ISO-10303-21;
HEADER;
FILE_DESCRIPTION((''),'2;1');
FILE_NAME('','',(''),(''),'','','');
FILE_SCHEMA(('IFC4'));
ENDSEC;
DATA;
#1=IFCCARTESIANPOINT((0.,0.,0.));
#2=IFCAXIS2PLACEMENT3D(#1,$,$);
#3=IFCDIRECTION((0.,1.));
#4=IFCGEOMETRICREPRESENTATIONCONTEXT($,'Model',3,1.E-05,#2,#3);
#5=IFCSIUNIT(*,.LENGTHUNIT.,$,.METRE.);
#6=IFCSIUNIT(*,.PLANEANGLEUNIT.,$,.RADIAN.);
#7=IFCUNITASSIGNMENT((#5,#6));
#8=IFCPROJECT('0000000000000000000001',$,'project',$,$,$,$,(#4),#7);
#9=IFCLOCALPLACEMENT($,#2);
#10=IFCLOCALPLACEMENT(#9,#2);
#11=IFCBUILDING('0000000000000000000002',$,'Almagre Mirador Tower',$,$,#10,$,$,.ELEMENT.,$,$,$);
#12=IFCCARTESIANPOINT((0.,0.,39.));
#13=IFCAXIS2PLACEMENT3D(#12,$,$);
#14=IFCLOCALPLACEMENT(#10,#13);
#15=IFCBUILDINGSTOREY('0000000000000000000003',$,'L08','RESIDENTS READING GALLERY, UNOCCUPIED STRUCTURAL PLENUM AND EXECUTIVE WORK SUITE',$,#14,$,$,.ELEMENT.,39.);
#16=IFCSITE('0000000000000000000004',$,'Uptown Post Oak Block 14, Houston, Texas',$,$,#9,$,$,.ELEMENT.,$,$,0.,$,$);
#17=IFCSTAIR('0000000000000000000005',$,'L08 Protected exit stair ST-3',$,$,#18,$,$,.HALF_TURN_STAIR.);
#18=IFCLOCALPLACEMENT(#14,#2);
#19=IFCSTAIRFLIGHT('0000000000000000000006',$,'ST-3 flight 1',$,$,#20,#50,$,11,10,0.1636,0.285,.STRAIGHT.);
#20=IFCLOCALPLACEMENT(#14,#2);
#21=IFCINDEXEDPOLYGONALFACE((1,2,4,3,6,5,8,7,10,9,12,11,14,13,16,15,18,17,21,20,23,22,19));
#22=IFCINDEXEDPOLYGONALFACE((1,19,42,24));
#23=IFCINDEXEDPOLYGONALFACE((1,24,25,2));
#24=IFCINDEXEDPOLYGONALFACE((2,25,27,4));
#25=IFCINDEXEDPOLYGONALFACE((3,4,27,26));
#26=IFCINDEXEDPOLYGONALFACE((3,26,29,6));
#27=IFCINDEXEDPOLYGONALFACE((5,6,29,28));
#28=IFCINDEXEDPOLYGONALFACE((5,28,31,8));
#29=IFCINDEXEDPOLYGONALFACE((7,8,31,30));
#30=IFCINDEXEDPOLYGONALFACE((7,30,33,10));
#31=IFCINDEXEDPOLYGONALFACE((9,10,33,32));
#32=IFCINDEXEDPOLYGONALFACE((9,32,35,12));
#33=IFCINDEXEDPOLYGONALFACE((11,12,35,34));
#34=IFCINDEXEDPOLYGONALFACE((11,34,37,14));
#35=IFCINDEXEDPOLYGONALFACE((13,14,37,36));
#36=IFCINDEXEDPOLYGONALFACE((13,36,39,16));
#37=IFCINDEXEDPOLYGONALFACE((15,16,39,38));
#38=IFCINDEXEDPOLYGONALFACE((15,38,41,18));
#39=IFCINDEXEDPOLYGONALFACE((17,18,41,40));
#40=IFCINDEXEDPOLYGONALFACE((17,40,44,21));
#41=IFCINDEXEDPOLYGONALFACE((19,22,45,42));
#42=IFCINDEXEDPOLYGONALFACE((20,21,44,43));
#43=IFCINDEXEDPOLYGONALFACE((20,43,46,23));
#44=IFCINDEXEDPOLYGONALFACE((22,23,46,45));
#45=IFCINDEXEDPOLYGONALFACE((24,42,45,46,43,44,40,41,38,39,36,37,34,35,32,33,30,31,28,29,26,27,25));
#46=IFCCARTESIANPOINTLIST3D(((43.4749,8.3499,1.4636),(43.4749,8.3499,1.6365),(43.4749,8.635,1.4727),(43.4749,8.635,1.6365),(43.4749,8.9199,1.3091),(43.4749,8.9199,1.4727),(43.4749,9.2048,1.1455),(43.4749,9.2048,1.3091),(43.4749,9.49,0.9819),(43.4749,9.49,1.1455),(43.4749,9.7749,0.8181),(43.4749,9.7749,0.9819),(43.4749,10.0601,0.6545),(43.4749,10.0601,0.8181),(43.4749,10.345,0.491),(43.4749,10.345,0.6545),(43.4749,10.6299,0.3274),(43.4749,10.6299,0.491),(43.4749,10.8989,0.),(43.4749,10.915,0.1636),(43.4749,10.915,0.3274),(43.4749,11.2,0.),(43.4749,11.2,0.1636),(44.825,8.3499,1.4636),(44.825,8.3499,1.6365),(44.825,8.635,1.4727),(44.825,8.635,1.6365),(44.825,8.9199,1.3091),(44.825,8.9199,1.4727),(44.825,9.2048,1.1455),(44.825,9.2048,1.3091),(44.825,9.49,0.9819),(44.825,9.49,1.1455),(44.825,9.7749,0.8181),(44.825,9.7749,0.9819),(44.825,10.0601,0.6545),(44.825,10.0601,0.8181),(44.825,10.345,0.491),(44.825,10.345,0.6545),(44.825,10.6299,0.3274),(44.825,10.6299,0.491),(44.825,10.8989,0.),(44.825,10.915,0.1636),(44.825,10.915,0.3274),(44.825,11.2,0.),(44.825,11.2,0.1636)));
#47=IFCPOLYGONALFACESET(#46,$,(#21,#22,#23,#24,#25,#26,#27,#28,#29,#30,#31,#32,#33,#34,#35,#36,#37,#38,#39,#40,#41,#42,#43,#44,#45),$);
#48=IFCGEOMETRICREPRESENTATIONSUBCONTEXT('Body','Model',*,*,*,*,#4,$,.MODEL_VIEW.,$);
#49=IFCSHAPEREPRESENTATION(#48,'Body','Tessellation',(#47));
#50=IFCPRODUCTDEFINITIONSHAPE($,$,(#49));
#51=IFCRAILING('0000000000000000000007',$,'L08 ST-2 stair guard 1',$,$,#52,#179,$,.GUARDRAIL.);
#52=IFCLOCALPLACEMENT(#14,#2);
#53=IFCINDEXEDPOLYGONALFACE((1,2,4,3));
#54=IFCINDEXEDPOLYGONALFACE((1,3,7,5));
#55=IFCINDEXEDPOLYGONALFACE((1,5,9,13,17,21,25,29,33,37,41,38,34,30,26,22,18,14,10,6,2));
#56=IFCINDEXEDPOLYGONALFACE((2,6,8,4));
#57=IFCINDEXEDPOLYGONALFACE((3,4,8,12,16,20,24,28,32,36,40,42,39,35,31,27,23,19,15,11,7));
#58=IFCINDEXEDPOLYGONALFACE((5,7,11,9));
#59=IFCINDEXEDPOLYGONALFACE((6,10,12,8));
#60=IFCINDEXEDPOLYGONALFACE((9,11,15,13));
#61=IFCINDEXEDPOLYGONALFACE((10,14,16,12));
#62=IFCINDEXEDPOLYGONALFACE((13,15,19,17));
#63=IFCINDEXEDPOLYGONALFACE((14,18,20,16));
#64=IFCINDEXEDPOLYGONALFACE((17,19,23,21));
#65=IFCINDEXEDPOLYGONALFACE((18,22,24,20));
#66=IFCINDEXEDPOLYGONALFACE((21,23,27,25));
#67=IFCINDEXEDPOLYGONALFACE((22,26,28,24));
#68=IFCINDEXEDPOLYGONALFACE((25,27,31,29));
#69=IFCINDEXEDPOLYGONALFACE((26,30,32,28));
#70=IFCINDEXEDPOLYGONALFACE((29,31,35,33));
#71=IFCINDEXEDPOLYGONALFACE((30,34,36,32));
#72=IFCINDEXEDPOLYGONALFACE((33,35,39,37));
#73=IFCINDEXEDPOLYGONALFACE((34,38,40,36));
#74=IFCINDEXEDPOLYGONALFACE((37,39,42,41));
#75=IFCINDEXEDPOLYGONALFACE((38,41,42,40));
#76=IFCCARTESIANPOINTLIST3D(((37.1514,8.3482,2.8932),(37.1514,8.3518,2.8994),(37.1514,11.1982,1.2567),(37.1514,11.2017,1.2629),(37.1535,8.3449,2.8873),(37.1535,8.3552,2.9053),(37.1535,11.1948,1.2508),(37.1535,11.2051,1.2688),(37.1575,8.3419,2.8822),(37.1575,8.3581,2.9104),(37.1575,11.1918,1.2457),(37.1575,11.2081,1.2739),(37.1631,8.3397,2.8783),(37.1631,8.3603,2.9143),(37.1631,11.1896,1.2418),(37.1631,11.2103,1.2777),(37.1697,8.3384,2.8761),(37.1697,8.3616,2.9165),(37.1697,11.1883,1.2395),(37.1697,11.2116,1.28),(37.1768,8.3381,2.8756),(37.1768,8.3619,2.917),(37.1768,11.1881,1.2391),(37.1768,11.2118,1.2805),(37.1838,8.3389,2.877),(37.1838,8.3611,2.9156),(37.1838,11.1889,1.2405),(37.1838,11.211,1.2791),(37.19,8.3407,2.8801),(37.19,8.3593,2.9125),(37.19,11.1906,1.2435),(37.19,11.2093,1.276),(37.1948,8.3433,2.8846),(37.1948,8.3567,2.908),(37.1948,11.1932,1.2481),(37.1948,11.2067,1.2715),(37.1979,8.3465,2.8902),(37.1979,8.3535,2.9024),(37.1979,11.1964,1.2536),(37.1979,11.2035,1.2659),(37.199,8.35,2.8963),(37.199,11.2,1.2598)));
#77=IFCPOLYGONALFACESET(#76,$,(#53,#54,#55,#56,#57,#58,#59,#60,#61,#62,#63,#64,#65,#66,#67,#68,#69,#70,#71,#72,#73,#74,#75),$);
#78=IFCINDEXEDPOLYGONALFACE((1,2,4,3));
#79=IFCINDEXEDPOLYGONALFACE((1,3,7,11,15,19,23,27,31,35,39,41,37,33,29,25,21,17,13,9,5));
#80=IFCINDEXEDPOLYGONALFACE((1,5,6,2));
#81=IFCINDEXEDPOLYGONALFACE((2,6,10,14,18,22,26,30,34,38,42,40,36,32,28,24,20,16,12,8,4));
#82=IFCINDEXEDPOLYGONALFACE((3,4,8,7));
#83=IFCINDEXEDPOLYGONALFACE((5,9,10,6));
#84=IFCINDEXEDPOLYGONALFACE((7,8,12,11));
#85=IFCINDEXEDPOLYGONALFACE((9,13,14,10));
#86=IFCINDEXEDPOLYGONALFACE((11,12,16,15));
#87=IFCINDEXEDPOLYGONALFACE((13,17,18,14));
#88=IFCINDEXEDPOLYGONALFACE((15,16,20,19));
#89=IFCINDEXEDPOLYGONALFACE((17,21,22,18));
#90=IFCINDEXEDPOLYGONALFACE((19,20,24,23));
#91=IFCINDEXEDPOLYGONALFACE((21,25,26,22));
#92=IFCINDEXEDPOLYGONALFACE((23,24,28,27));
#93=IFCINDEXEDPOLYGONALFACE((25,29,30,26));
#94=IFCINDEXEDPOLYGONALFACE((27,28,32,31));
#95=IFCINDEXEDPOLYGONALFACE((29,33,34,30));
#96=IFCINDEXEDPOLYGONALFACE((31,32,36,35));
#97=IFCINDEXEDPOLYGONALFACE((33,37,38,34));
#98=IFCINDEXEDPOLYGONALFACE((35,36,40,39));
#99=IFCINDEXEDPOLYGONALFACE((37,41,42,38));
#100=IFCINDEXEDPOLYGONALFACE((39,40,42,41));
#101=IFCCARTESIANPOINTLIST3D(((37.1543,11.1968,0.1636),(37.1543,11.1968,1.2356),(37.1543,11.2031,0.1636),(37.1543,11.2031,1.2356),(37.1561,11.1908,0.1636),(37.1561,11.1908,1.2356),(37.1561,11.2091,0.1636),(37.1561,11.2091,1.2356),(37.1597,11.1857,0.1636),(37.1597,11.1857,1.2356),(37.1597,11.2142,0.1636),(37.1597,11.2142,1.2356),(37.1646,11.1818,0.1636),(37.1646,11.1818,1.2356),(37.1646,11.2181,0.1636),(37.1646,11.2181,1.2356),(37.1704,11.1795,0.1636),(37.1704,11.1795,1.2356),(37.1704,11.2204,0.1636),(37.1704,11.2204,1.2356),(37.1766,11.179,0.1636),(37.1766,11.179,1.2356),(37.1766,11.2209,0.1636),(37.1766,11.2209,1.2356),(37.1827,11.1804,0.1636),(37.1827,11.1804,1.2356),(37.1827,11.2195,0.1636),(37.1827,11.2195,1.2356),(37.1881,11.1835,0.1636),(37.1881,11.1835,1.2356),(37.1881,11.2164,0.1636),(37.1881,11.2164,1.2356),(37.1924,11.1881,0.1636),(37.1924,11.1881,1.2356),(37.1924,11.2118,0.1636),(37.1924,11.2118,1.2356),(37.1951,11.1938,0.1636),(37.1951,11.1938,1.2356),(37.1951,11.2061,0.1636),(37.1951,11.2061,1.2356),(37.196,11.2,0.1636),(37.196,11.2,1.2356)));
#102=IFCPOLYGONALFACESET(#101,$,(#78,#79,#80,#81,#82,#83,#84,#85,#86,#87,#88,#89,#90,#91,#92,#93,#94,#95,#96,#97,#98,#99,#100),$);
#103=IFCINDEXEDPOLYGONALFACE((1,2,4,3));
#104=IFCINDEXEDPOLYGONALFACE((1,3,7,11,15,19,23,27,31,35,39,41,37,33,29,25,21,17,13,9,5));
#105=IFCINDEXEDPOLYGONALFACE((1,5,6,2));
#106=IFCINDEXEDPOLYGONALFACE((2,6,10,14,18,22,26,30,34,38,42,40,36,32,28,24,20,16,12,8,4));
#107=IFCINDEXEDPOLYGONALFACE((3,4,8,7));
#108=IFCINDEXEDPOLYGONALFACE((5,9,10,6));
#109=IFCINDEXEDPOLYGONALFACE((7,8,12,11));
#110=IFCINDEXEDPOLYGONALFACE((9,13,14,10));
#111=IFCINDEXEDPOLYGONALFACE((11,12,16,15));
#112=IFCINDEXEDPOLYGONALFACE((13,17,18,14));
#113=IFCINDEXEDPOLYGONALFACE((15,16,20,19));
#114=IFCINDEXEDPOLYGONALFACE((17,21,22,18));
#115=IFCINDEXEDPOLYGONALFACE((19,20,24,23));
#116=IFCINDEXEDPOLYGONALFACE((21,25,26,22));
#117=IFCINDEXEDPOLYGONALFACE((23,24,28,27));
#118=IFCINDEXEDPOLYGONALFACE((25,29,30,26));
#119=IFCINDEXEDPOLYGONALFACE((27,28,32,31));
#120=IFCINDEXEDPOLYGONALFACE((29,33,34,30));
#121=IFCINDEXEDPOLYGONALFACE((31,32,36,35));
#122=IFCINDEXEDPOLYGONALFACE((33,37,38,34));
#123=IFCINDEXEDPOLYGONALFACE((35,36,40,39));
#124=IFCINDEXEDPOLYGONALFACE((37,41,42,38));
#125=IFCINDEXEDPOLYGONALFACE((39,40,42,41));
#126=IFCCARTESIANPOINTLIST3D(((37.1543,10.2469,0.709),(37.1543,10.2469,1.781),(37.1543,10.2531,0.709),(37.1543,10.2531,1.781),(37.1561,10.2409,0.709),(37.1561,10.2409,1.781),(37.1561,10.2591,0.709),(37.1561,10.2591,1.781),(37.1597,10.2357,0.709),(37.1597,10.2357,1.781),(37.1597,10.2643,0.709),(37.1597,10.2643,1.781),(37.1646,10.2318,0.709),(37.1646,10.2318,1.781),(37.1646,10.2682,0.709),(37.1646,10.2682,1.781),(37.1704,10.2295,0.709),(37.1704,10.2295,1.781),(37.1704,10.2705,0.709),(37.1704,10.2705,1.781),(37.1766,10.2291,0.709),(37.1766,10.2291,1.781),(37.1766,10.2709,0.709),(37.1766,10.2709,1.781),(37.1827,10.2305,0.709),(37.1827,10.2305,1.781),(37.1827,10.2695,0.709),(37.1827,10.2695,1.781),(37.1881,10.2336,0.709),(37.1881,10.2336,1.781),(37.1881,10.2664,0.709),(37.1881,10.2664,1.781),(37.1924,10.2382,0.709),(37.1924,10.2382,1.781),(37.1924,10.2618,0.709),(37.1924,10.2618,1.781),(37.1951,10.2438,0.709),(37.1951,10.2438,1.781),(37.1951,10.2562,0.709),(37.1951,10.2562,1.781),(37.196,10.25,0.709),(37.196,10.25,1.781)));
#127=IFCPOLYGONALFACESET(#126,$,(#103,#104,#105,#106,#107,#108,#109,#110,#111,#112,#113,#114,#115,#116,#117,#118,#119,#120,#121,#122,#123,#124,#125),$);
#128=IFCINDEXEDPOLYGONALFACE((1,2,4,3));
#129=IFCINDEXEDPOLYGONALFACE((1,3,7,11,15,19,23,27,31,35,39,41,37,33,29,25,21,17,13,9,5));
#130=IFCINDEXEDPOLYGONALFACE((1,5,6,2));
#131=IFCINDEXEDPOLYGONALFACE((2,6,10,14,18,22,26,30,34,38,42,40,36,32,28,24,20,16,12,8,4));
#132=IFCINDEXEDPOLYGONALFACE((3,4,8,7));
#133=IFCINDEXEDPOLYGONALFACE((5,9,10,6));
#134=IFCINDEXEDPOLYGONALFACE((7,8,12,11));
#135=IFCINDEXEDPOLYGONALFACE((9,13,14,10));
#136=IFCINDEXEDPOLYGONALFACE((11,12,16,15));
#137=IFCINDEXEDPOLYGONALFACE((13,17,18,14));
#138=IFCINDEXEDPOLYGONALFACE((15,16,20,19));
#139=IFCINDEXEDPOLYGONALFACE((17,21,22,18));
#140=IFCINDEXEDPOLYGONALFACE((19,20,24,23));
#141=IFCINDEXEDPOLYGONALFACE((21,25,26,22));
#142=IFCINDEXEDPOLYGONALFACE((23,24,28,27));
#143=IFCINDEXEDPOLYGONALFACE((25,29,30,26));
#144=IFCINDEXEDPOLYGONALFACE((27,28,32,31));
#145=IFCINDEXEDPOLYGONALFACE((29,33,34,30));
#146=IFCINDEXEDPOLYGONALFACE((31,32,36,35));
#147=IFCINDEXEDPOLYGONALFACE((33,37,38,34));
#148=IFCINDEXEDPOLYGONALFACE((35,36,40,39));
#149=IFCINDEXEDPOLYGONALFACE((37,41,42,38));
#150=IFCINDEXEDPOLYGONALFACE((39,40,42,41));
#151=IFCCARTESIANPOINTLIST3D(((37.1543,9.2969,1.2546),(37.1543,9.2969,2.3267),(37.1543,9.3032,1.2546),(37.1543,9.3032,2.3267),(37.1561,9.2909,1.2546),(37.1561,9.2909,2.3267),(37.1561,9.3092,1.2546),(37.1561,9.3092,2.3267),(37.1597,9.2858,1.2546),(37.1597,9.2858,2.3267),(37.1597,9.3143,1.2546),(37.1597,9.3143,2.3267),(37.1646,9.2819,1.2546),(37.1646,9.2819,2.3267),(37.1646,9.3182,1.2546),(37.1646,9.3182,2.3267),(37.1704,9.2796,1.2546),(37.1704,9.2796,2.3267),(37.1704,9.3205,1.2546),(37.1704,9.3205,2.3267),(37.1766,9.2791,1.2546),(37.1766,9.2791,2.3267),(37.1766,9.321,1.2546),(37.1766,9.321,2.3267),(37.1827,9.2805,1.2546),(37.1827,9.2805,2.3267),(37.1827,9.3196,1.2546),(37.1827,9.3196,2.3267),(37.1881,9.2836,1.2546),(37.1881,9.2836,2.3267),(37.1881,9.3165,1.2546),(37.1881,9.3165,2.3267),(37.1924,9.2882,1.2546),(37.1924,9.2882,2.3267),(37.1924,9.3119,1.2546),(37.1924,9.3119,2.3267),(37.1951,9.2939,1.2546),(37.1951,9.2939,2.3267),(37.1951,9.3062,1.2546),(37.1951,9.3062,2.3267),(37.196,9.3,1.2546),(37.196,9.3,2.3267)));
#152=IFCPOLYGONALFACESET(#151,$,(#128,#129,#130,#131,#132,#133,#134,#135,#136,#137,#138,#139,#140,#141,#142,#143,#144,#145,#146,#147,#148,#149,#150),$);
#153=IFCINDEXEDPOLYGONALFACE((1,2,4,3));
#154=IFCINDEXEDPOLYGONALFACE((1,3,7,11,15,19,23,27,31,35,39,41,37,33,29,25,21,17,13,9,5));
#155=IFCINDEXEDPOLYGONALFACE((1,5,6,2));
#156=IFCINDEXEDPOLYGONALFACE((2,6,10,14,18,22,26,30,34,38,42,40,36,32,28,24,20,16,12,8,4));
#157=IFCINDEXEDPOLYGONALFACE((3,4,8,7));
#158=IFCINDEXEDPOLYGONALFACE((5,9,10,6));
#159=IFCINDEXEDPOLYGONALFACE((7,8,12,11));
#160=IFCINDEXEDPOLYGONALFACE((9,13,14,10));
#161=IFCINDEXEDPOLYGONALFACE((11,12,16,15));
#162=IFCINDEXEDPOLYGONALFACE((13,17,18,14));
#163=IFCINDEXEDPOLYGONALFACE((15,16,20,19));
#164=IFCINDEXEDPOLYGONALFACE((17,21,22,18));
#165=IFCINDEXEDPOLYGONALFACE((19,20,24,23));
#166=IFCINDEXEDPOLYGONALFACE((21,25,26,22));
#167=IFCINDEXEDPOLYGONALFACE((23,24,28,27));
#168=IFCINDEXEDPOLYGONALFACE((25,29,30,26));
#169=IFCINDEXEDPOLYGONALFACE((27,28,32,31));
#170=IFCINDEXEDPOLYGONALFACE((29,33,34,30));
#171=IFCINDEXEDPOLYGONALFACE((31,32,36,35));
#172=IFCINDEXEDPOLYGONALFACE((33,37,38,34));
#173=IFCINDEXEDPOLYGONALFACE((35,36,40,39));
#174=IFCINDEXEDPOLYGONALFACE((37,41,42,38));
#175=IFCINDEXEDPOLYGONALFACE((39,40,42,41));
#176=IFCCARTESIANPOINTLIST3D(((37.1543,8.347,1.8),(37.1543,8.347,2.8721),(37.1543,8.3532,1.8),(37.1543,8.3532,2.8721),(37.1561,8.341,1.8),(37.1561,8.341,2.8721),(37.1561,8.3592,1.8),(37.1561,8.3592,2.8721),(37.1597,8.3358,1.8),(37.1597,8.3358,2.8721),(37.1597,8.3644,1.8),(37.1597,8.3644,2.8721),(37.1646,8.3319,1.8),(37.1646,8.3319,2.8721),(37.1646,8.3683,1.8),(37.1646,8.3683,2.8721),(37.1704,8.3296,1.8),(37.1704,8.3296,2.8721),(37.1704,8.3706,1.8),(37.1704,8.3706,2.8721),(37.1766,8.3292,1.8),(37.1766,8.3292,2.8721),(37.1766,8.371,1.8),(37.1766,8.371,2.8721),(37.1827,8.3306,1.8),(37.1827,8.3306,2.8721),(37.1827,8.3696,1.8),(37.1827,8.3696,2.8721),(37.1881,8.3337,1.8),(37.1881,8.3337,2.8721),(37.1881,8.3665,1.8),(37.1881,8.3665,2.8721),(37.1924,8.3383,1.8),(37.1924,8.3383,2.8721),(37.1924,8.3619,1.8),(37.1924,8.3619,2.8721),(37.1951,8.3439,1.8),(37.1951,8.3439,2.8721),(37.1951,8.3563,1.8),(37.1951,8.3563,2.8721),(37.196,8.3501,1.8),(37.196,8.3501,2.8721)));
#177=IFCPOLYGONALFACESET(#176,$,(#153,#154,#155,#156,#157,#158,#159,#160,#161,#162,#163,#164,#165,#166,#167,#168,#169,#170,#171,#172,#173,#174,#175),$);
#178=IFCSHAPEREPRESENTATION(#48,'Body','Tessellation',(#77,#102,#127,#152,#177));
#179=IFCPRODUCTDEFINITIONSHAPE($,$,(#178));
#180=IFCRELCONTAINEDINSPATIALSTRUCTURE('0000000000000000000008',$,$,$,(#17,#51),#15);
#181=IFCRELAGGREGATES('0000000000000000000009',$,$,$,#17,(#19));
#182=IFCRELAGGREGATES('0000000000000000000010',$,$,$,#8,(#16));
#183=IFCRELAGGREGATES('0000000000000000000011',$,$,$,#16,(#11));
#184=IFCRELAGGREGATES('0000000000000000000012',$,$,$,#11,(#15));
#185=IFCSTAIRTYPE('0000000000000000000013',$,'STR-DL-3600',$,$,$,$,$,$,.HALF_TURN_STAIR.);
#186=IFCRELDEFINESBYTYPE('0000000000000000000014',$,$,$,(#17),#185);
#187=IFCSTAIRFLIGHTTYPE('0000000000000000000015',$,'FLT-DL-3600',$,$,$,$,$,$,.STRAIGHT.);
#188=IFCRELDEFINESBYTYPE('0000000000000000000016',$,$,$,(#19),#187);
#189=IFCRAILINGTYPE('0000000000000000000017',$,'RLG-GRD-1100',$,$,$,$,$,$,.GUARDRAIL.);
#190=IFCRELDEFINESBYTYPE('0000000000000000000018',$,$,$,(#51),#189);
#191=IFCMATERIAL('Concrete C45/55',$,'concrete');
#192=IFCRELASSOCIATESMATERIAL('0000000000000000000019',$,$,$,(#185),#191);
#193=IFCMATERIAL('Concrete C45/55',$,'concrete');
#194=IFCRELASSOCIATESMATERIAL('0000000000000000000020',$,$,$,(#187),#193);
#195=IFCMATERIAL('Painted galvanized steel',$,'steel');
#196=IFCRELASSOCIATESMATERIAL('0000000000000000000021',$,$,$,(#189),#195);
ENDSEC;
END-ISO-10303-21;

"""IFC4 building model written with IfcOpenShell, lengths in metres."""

from ifc_helpers import new_model, si_unit, direction, frame, origin, origin_2d, place, context, subcontext, project, spatial, polyline, circle, outline, extrude, material, type_object, element, aggregate, save


model = new_model("IFC4")

# Units and contexts
model_context = context("Model", 3, precision=1e-05, world=origin(), true_north=direction((0.0, 1.0)))
body_context = subcontext(model_context, "Body", "Model", "MODEL_VIEW")
ifc_project = project(units=[si_unit("LENGTHUNIT", "METRE"), si_unit("PLANEANGLEUNIT", "RADIAN")], contexts=[model_context])

# Site, building, storey
site_placement = place(None, origin())
site = spatial("IfcSite", under=ifc_project, at=site_placement, Name="Uptown Post Oak Block 14, Houston, Texas", CompositionType="ELEMENT", RefElevation=0.0)
building_placement = place(site_placement, origin())
building = spatial("IfcBuilding", under=site, at=building_placement, Name="Almagre Mirador Tower", CompositionType="ELEMENT")
storey_placement = place(building_placement, frame((0.0, 0.0, 39.0)))
storey = spatial("IfcBuildingStorey", under=building, at=storey_placement, Name="L08", Description="RESIDENTS READING GALLERY, UNOCCUPIED STRUCTURAL PLENUM AND EXECUTIVE WORK SUITE", CompositionType="ELEMENT", Elevation=39.0)

# Shared definitions
ifc_material_1 = material(Name="Concrete C45/55", Category="concrete")
stair_type = type_object("IfcStairType", Name="STR-DL-3600", PredefinedType="HALF_TURN_STAIR", material=ifc_material_1)
ifc_material_2 = material(Name="Concrete C45/55", Category="concrete")
stair_flight_type = type_object("IfcStairFlightType", Name="FLT-DL-3600", PredefinedType="STRAIGHT", material=ifc_material_2)

# Stair, stair flight
stair_1_placement = place(storey_placement, origin())
stair_1 = element("IfcStair", 1, at=stair_1_placement, inside=storey, type_object=stair_type, Name="L08 Protected exit stair ST-3", PredefinedType="HALF_TURN_STAIR")
stair_flight_1_placement = place(storey_placement, frame((44.1499, 11.2, 0.0), z_axis=(0.0, 0.0, 1.0), x_axis=(0.0, -1.0, 0.0)))
stair_flight_1 = element("IfcStairFlight", 2, at=stair_flight_1_placement, type_object=stair_flight_type, Name="ST-3 flight 1", NumberOfRisers=11, NumberOfTreads=10, PredefinedType="STRAIGHT", RiserHeight=0.1636, TreadLength=0.285, context=body_context, shape_type="SweptSolid", body=[
    extrude(outline(polyline([(0.0, 0.0), (0.0, 0.1636), (0.2849, 0.1636), (0.2849, 0.3274), (0.5701, 0.3274), (0.5701, 0.491), (0.855, 0.491), (0.855, 0.6545), (1.1399, 0.6545), (1.1399, 0.8181), (1.425, 0.8181), (1.425, 0.9819), (1.71, 0.9819), (1.71, 1.1455), (1.9951, 1.1455), (1.9951, 1.3091), (2.28, 1.3091), (2.28, 1.4727), (2.5649, 1.4727), (2.5649, 1.6365), (2.8501, 1.6365), (2.8501, 1.8), (2.8501, 1.4636), (0.301, 0.0), (0.0, 0.0)])), frame((0.0, 0.675, 0.0), z_axis=(0.0, -1.0, 0.0), x_axis=(1.0, 0.0, 0.0)), (0.0, 0.0, 1.0), 1.3501),
])
aggregate(stair_1, [stair_flight_1])

# Railing
ifc_material_3 = material(Name="Painted galvanized steel", Category="steel")
railing_type_1 = type_object("IfcRailingType", Name="RLG-GRD-1100", PredefinedType="GUARDRAIL", material=ifc_material_3)
railing_1_placement = place(storey_placement, frame((37.175, 11.2, 0.1636)))
element("IfcRailing", 3, at=railing_1_placement, inside=storey, type_object=railing_type_1, Name="L08 ST-2 stair guard 1", PredefinedType="GUARDRAIL", context=body_context, shape_type="SweptSolid", body=[
    extrude(circle(Radius=0.0239, at=origin_2d()), frame((0.0, 0.0, 1.0962), z_axis=(0.0, -0.867194, 0.49797), x_axis=(1.0, 0.0, 0.0)), (0.0, 0.0, 1.0), 3.2864),
    extrude(circle(Radius=0.021, at=origin_2d()), origin(), (0.0, 0.0, 1.0), 1.072),
    extrude(circle(Radius=0.021, at=origin_2d()), frame((0.0, -0.95, 0.5454)), (0.0, 0.0, 1.0), 1.072),
    extrude(circle(Radius=0.021, at=origin_2d()), frame((0.0, -1.8999, 1.0911)), (0.0, 0.0, 1.0), 1.072),
    extrude(circle(Radius=0.021, at=origin_2d()), frame((0.0, -2.8499, 1.6365)), (0.0, 0.0, 1.0), 1.072),
])

save(model, "model.ifc")
